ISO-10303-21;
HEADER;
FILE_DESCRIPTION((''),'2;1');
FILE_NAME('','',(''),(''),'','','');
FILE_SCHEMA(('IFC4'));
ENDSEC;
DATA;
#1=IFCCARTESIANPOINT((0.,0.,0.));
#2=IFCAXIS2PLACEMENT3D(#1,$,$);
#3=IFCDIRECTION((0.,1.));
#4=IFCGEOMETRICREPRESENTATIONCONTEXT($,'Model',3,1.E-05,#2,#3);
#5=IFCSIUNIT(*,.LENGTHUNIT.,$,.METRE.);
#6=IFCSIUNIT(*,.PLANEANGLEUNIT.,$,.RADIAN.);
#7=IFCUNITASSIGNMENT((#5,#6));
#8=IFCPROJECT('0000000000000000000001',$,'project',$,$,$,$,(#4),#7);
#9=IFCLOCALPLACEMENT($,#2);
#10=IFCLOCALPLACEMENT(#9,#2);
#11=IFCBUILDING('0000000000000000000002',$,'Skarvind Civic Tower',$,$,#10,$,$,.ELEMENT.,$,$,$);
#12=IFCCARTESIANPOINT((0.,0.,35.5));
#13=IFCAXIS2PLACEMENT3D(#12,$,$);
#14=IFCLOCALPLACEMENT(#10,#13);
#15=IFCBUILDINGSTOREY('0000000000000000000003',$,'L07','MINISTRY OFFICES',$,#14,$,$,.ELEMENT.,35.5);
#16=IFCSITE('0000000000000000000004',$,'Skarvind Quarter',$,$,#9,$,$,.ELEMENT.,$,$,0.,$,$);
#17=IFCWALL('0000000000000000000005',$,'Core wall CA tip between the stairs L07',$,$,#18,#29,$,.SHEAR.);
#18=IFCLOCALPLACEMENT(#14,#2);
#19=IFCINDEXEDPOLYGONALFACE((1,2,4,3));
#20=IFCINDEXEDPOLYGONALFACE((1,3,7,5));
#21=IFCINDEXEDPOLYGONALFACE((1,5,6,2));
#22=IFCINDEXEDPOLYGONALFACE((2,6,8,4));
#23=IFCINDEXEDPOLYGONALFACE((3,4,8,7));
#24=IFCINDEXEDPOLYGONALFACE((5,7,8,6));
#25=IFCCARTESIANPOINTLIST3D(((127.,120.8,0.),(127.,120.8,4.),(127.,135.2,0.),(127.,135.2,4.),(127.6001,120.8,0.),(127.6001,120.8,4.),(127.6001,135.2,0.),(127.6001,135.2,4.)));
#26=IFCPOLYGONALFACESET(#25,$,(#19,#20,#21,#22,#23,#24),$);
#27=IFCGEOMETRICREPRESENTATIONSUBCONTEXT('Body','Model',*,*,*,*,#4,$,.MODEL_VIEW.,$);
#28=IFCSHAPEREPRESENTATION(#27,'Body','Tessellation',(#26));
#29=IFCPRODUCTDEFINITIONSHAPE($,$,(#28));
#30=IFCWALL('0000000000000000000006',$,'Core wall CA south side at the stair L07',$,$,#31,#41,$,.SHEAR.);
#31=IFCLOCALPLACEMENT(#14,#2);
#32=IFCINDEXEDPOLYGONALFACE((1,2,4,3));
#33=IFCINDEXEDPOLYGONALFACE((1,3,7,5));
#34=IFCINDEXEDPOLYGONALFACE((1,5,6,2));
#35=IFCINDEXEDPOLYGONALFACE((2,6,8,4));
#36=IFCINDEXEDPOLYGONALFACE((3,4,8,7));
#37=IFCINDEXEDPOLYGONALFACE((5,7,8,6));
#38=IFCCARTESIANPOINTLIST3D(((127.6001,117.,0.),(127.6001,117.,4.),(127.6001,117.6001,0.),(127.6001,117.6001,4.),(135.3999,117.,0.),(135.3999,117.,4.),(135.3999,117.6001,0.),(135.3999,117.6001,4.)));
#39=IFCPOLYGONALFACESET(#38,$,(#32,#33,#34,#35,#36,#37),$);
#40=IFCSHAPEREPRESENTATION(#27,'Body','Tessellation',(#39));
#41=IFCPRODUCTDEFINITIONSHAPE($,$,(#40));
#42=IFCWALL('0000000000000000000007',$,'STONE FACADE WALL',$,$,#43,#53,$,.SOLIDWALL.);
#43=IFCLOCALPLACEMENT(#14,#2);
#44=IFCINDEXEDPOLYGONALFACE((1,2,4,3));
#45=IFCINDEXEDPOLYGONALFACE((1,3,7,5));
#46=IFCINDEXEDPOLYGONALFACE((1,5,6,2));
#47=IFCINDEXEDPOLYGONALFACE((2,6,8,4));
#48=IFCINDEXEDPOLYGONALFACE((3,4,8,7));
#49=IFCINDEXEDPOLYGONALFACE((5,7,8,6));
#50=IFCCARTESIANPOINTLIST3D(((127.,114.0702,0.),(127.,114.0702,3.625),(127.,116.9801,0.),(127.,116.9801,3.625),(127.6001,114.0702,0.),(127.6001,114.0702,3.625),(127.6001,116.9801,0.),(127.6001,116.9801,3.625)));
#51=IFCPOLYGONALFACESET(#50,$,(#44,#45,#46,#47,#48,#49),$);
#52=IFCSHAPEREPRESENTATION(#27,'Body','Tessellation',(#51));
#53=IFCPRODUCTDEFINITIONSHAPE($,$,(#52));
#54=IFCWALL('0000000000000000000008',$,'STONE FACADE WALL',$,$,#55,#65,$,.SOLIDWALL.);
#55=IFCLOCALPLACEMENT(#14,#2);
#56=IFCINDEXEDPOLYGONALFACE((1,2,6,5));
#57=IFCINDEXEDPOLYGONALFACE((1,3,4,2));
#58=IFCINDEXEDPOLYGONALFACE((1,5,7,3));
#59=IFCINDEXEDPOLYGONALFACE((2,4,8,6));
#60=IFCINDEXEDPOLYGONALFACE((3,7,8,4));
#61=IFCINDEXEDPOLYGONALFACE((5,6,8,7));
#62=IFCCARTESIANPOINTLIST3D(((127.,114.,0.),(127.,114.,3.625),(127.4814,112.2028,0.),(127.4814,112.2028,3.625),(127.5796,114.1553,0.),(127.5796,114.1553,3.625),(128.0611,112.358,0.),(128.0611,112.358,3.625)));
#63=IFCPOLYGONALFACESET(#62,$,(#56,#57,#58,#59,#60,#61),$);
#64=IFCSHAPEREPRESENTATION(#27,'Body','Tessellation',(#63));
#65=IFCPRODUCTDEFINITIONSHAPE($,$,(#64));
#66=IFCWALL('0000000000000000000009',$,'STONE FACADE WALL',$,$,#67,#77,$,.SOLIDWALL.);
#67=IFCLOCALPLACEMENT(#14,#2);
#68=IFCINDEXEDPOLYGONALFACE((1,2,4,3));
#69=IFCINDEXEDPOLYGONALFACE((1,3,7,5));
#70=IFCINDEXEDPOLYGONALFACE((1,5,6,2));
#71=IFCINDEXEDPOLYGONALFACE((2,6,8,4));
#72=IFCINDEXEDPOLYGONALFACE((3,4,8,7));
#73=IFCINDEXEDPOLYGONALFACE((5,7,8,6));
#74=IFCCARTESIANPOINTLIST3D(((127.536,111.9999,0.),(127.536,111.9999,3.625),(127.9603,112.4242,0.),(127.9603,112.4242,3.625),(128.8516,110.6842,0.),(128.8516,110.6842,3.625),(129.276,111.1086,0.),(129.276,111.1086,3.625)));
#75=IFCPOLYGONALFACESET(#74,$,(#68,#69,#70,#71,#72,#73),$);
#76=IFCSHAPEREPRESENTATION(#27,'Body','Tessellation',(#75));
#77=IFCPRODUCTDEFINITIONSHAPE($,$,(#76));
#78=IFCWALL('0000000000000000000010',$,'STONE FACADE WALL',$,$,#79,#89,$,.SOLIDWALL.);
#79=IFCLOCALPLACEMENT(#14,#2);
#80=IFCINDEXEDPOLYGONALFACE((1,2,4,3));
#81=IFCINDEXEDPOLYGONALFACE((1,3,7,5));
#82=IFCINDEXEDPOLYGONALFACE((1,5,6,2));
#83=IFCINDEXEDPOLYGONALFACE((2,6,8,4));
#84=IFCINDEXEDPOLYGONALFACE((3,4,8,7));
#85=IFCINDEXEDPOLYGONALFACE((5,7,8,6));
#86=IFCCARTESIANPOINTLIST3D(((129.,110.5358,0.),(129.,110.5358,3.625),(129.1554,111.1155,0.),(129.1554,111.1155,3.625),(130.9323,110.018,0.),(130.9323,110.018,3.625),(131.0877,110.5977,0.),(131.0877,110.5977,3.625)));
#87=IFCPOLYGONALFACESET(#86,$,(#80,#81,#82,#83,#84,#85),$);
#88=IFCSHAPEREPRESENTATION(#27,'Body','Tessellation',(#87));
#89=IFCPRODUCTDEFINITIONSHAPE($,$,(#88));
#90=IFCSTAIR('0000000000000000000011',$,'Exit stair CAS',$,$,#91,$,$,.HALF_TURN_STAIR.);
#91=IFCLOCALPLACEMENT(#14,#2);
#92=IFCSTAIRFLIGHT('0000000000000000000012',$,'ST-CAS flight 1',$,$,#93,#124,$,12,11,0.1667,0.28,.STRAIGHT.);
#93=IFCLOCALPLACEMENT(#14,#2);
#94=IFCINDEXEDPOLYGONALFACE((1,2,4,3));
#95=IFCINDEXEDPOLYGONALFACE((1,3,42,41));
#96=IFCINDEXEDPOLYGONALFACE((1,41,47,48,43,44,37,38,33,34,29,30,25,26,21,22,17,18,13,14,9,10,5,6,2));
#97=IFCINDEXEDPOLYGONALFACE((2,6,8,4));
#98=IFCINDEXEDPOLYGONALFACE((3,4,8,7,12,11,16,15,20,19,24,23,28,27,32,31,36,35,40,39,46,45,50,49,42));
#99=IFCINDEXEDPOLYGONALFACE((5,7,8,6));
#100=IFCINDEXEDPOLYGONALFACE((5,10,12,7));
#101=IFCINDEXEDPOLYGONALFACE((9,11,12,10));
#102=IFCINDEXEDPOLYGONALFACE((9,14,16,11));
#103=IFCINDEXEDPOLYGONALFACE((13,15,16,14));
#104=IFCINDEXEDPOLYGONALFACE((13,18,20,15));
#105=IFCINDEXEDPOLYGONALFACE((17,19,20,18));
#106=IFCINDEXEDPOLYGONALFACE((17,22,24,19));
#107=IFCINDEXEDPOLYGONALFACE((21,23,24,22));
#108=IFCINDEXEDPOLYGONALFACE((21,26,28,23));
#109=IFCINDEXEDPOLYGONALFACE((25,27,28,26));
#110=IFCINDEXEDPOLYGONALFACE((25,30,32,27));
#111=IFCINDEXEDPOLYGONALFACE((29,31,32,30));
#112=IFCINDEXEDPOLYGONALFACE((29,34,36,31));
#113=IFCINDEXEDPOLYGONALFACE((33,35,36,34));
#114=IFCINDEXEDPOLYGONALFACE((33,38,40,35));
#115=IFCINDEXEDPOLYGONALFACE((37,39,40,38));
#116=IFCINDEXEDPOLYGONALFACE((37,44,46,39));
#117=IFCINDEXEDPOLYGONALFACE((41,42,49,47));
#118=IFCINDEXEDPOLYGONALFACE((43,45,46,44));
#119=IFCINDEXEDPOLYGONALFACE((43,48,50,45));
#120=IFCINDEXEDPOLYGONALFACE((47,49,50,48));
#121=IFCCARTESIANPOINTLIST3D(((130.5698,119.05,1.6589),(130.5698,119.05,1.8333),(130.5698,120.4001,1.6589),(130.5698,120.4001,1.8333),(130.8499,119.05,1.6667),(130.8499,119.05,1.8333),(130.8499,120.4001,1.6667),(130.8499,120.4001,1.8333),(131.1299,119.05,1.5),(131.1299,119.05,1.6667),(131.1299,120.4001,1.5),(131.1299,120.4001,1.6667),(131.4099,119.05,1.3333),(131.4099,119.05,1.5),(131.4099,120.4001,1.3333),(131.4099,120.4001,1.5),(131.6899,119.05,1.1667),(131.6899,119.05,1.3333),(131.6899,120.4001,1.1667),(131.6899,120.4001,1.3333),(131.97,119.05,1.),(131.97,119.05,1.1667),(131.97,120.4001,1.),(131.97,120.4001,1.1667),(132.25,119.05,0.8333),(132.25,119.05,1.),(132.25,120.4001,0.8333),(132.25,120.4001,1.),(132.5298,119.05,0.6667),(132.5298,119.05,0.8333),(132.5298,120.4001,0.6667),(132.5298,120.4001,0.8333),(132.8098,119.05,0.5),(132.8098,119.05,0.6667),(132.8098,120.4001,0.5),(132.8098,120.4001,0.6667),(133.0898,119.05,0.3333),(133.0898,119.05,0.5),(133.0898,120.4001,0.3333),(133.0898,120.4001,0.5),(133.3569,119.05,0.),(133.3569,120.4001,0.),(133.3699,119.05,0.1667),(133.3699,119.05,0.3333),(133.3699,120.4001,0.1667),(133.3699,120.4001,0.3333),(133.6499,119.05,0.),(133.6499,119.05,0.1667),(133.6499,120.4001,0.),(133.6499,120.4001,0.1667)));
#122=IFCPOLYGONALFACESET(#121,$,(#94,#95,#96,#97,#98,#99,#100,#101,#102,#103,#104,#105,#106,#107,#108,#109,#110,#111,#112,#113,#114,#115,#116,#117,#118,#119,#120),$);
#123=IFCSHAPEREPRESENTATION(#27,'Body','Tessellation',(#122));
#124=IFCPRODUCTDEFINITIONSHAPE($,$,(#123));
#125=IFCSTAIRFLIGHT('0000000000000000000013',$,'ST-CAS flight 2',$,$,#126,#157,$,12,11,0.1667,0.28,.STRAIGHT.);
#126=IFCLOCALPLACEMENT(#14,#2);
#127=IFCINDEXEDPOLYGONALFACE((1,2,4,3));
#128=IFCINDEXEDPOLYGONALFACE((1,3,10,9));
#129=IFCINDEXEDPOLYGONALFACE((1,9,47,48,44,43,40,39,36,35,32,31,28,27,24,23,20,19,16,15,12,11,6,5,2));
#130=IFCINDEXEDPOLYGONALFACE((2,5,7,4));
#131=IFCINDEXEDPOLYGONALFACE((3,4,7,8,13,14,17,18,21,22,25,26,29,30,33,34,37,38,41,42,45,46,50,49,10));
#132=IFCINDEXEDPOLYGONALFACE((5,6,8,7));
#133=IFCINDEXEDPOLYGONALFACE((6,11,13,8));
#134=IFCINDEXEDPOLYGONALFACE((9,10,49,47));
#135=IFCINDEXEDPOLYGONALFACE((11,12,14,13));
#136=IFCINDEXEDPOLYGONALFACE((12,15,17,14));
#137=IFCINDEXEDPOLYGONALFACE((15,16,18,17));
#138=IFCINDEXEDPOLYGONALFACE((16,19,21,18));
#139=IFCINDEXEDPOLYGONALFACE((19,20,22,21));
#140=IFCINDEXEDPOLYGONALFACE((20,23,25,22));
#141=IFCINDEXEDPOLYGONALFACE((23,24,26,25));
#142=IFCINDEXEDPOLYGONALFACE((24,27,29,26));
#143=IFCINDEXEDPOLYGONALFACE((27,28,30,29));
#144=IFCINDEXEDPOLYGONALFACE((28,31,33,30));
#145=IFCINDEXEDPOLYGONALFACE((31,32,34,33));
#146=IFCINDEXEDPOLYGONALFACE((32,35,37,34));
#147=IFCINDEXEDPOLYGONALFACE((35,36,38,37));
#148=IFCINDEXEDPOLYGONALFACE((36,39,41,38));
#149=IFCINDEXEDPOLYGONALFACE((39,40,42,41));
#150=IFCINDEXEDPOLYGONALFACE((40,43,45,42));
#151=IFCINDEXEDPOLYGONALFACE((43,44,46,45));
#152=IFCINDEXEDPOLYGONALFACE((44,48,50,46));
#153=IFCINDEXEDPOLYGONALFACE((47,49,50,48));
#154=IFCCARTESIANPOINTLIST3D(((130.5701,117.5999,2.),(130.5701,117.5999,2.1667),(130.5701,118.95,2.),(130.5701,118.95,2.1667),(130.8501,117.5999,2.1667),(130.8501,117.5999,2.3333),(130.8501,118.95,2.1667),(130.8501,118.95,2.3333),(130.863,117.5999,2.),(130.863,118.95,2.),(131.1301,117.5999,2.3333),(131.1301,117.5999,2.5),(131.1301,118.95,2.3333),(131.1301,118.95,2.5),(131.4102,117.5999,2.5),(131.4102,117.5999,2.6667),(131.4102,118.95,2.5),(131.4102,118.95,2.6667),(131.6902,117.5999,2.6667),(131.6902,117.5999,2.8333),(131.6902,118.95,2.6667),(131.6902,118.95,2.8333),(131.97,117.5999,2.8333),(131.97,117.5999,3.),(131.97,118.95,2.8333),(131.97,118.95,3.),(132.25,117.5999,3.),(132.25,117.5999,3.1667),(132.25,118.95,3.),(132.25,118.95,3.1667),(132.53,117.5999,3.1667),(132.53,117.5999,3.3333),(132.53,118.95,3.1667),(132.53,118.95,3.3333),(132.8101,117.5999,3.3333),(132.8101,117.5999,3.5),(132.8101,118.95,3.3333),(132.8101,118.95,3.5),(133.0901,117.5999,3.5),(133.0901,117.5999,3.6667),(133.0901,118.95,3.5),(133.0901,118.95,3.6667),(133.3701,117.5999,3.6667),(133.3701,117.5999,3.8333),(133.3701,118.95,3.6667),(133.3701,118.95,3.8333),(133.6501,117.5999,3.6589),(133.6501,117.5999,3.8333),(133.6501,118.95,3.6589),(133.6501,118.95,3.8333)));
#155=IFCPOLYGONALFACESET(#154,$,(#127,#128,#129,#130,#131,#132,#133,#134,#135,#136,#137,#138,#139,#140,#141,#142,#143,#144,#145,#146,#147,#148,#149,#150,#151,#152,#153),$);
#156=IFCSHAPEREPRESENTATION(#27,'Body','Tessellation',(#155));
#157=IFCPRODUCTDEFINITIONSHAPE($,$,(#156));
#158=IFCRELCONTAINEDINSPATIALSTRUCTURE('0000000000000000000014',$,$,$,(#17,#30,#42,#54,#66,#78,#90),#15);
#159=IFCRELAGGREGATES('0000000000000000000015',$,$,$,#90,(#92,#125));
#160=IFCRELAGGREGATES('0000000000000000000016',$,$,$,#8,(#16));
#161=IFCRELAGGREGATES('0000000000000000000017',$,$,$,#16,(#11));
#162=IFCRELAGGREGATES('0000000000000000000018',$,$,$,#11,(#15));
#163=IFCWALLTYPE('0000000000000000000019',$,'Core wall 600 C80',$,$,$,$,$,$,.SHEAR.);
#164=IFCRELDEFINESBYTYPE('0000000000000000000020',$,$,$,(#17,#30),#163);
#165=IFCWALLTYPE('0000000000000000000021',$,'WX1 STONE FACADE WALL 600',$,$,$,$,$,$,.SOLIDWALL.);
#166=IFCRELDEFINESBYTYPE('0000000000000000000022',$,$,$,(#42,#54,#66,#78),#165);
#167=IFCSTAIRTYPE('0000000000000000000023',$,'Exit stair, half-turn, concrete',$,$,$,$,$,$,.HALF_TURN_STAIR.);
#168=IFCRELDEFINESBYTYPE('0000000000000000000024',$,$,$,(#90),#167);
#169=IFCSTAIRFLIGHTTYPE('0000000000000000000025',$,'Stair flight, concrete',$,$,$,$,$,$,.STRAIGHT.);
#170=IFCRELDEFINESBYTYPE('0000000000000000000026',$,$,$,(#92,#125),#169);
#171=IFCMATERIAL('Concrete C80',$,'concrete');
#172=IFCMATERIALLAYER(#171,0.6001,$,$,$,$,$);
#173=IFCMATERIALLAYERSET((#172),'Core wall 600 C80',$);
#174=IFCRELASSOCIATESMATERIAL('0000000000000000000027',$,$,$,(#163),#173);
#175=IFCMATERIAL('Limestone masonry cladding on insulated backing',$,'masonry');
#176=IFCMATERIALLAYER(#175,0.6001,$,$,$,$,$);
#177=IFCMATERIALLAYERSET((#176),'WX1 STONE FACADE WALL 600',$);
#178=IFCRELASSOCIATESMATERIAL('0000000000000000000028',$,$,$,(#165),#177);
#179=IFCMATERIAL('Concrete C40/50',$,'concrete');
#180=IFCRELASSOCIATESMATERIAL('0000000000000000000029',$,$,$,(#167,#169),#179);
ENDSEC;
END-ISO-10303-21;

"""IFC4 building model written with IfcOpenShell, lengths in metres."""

from ifc_helpers import new_model, si_unit, direction, frame, frame_2d, origin, place, context, subcontext, project, spatial, polyline, rectangle, outline, extrude, material, layer, layer_set, type_object, element, aggregate, save


model = new_model("IFC4")

# Units and contexts
model_context = context("Model", 3, precision=1e-05, world=origin(), true_north=direction((0.0, 1.0)))
body_context = subcontext(model_context, "Body", "Model", "MODEL_VIEW")
ifc_project = project(units=[si_unit("LENGTHUNIT", "METRE"), si_unit("PLANEANGLEUNIT", "RADIAN")], contexts=[model_context])

# Site, building, storey
site_placement = place(None, origin())
site = spatial("IfcSite", under=ifc_project, at=site_placement, Name="Skarvind Quarter", CompositionType="ELEMENT", RefElevation=0.0)
building_placement = place(site_placement, origin())
building = spatial("IfcBuilding", under=site, at=building_placement, Name="Skarvind Civic Tower", CompositionType="ELEMENT")
storey_placement = place(building_placement, frame((0.0, 0.0, 35.5)))
storey = spatial("IfcBuildingStorey", under=building, at=storey_placement, Name="L07", Description="MINISTRY OFFICES", CompositionType="ELEMENT", Elevation=35.5)

# Shared definitions
ifc_material_1 = material(Name="Concrete C80", Category="concrete")

# Walls
ifc_layer_1 = layer(ifc_material_1, 0.6001)
ifc_layer_set_1 = layer_set([ifc_layer_1], Name="Core wall 600 C80")
wall_type_1 = type_object("IfcWallType", Name="Core wall 600 C80", PredefinedType="SHEAR", material=ifc_layer_set_1)
wall_1_placement = place(storey_placement, frame((127.3, 120.8, 0.0), z_axis=(0.0, 0.0, 1.0), x_axis=(0.0, 1.0, 0.0)))
element("IfcWall", 1, at=wall_1_placement, inside=storey, type_object=wall_type_1, Name="Core wall CA tip between the stairs L07", PredefinedType="SHEAR", context=body_context, shape_type="SweptSolid", body=[
    extrude(rectangle(XDim=14.3999, YDim=0.6001, at=frame_2d((7.2, 0.0))), origin(), (0.0, 0.0, 1.0), 4.0),
])
wall_2_placement = place(storey_placement, frame((127.6001, 117.3, 0.0), z_axis=(0.0, 0.0, 1.0), x_axis=(1.0, 0.0, 0.0)))
element("IfcWall", 2, at=wall_2_placement, inside=storey, type_object=wall_type_1, Name="Core wall CA south side at the stair L07", PredefinedType="SHEAR", context=body_context, shape_type="SweptSolid", body=[
    extrude(rectangle(XDim=7.7998, YDim=0.6001, at=frame_2d((3.8999, 0.0))), origin(), (0.0, 0.0, 1.0), 4.0),
])
ifc_material_2 = material(Name="Limestone masonry cladding on insulated backing", Category="masonry")
ifc_layer_2 = layer(ifc_material_2, 0.6001)
ifc_layer_set_2 = layer_set([ifc_layer_2], Name="WX1 STONE FACADE WALL 600")
wall_type_2 = type_object("IfcWallType", Name="WX1 STONE FACADE WALL 600", PredefinedType="SOLIDWALL", material=ifc_layer_set_2)
wall_3_placement = place(storey_placement, frame((127.3, 114.0701, 0.0), z_axis=(0.0, 0.0, 1.0), x_axis=(0.0, 1.0, 0.0)))
element("IfcWall", 3, at=wall_3_placement, inside=storey, type_object=wall_type_2, Name="STONE FACADE WALL", PredefinedType="SOLIDWALL", context=body_context, shape_type="SweptSolid", body=[
    extrude(rectangle(XDim=2.9099, YDim=0.6001, at=frame_2d((1.4551, 0.0))), origin(), (0.0, 0.0, 1.0), 3.625),
])
for number, where, z_axis, x_axis, name in (
    (4, (127.7712, 112.2805, 0.0), (0.0, 0.0, 1.0), (-0.258773, 0.965938, 0.0), "STONE FACADE WALL"),
    (5, (129.0637, 110.8965, 0.0), (0.0, 0.0, 1.0), (-0.707107, 0.707107, 0.0), "STONE FACADE WALL"),
):
    element("IfcWall", number, at=place(storey_placement, frame(where, z_axis=z_axis, x_axis=x_axis)), inside=storey, type_object=wall_type_2, Name=name, PredefinedType="SOLIDWALL", context=body_context, shape_type="SweptSolid", body=[
        extrude(rectangle(XDim=1.8606, YDim=0.6001, at=frame_2d((0.9302, 0.0))), origin(), (0.0, 0.0, 1.0), 3.625),
    ])
wall_4_placement = place(storey_placement, frame((131.01, 110.3079, 0.0), z_axis=(0.0, 0.0, 1.0), x_axis=(-0.96592, 0.25884, 0.0)))
element("IfcWall", 6, at=wall_4_placement, inside=storey, type_object=wall_type_2, Name="STONE FACADE WALL", PredefinedType="SOLIDWALL", context=body_context, shape_type="SweptSolid", body=[
    extrude(rectangle(XDim=2.0005, YDim=0.6001, at=frame_2d((1.0002, 0.0))), origin(), (0.0, 0.0, 1.0), 3.625),
])

# Stair, stair flights
ifc_material_3 = material(Name="Concrete C40/50", Category="concrete")
stair_type = type_object("IfcStairType", Name="Exit stair, half-turn, concrete", PredefinedType="HALF_TURN_STAIR", material=ifc_material_3)
stair_placement = place(storey_placement, origin())
stair = element("IfcStair", 7, at=stair_placement, inside=storey, type_object=stair_type, Name="Exit stair CAS", PredefinedType="HALF_TURN_STAIR")
stair_flight_type = type_object("IfcStairFlightType", Name="Stair flight, concrete", PredefinedType="STRAIGHT", material=ifc_material_3)
stair_flight_1_placement = place(storey_placement, frame((133.6499, 119.7251, 0.0), z_axis=(0.0, 0.0, 1.0), x_axis=(-1.0, 0.0, 0.0)))
stair_flight_1 = element("IfcStairFlight", 8, at=stair_flight_1_placement, type_object=stair_flight_type, Name="ST-CAS flight 1", NumberOfRisers=12, NumberOfTreads=11, PredefinedType="STRAIGHT", RiserHeight=0.1667, TreadLength=0.28, context=body_context, shape_type="SweptSolid", body=[
    extrude(outline(polyline([(0.0, 0.0), (0.0, 0.1667), (0.28, 0.1667), (0.28, 0.3333), (0.5601, 0.3333), (0.5601, 0.5), (0.8401, 0.5), (0.8401, 0.6667), (1.1201, 0.6667), (1.1201, 0.8333), (1.3999, 0.8333), (1.3999, 1.0), (1.6799, 1.0), (1.6799, 1.1667), (1.96, 1.1667), (1.96, 1.3333), (2.24, 1.3333), (2.24, 1.5), (2.52, 1.5), (2.52, 1.6667), (2.8, 1.6667), (2.8, 1.8333), (3.0801, 1.8333), (3.0801, 2.0), (3.0801, 1.6589), (0.293, 0.0), (0.0, 0.0)])), frame((0.0, 0.675, 0.0), z_axis=(0.0, -1.0, 0.0), x_axis=(1.0, 0.0, 0.0)), (0.0, 0.0, 1.0), 1.3501),
])
stair_flight_2_placement = place(storey_placement, frame((130.5701, 118.2749, 2.0), z_axis=(0.0, 0.0, 1.0), x_axis=(1.0, 0.0, 0.0)))
stair_flight_2 = element("IfcStairFlight", 9, at=stair_flight_2_placement, type_object=stair_flight_type, Name="ST-CAS flight 2", NumberOfRisers=12, NumberOfTreads=11, PredefinedType="STRAIGHT", RiserHeight=0.1667, TreadLength=0.28, context=body_context, shape_type="SweptSolid", body=[
    extrude(outline(polyline([(0.0, 0.0), (0.0, 0.1667), (0.28, 0.1667), (0.28, 0.3333), (0.5601, 0.3333), (0.5601, 0.5), (0.8401, 0.5), (0.8401, 0.6667), (1.1201, 0.6667), (1.1201, 0.8333), (1.3999, 0.8333), (1.3999, 1.0), (1.6799, 1.0), (1.6799, 1.1667), (1.96, 1.1667), (1.96, 1.3333), (2.24, 1.3333), (2.24, 1.5), (2.52, 1.5), (2.52, 1.6667), (2.8, 1.6667), (2.8, 1.8333), (3.0801, 1.8333), (3.0801, 2.0), (3.0801, 1.6589), (0.293, 0.0), (0.0, 0.0)])), frame((0.0, 0.675, 0.0), z_axis=(0.0, -1.0, 0.0), x_axis=(1.0, 0.0, 0.0)), (0.0, 0.0, 1.0), 1.3501),
])
aggregate(stair, [stair_flight_1, stair_flight_2])

save(model, "model.ifc")
